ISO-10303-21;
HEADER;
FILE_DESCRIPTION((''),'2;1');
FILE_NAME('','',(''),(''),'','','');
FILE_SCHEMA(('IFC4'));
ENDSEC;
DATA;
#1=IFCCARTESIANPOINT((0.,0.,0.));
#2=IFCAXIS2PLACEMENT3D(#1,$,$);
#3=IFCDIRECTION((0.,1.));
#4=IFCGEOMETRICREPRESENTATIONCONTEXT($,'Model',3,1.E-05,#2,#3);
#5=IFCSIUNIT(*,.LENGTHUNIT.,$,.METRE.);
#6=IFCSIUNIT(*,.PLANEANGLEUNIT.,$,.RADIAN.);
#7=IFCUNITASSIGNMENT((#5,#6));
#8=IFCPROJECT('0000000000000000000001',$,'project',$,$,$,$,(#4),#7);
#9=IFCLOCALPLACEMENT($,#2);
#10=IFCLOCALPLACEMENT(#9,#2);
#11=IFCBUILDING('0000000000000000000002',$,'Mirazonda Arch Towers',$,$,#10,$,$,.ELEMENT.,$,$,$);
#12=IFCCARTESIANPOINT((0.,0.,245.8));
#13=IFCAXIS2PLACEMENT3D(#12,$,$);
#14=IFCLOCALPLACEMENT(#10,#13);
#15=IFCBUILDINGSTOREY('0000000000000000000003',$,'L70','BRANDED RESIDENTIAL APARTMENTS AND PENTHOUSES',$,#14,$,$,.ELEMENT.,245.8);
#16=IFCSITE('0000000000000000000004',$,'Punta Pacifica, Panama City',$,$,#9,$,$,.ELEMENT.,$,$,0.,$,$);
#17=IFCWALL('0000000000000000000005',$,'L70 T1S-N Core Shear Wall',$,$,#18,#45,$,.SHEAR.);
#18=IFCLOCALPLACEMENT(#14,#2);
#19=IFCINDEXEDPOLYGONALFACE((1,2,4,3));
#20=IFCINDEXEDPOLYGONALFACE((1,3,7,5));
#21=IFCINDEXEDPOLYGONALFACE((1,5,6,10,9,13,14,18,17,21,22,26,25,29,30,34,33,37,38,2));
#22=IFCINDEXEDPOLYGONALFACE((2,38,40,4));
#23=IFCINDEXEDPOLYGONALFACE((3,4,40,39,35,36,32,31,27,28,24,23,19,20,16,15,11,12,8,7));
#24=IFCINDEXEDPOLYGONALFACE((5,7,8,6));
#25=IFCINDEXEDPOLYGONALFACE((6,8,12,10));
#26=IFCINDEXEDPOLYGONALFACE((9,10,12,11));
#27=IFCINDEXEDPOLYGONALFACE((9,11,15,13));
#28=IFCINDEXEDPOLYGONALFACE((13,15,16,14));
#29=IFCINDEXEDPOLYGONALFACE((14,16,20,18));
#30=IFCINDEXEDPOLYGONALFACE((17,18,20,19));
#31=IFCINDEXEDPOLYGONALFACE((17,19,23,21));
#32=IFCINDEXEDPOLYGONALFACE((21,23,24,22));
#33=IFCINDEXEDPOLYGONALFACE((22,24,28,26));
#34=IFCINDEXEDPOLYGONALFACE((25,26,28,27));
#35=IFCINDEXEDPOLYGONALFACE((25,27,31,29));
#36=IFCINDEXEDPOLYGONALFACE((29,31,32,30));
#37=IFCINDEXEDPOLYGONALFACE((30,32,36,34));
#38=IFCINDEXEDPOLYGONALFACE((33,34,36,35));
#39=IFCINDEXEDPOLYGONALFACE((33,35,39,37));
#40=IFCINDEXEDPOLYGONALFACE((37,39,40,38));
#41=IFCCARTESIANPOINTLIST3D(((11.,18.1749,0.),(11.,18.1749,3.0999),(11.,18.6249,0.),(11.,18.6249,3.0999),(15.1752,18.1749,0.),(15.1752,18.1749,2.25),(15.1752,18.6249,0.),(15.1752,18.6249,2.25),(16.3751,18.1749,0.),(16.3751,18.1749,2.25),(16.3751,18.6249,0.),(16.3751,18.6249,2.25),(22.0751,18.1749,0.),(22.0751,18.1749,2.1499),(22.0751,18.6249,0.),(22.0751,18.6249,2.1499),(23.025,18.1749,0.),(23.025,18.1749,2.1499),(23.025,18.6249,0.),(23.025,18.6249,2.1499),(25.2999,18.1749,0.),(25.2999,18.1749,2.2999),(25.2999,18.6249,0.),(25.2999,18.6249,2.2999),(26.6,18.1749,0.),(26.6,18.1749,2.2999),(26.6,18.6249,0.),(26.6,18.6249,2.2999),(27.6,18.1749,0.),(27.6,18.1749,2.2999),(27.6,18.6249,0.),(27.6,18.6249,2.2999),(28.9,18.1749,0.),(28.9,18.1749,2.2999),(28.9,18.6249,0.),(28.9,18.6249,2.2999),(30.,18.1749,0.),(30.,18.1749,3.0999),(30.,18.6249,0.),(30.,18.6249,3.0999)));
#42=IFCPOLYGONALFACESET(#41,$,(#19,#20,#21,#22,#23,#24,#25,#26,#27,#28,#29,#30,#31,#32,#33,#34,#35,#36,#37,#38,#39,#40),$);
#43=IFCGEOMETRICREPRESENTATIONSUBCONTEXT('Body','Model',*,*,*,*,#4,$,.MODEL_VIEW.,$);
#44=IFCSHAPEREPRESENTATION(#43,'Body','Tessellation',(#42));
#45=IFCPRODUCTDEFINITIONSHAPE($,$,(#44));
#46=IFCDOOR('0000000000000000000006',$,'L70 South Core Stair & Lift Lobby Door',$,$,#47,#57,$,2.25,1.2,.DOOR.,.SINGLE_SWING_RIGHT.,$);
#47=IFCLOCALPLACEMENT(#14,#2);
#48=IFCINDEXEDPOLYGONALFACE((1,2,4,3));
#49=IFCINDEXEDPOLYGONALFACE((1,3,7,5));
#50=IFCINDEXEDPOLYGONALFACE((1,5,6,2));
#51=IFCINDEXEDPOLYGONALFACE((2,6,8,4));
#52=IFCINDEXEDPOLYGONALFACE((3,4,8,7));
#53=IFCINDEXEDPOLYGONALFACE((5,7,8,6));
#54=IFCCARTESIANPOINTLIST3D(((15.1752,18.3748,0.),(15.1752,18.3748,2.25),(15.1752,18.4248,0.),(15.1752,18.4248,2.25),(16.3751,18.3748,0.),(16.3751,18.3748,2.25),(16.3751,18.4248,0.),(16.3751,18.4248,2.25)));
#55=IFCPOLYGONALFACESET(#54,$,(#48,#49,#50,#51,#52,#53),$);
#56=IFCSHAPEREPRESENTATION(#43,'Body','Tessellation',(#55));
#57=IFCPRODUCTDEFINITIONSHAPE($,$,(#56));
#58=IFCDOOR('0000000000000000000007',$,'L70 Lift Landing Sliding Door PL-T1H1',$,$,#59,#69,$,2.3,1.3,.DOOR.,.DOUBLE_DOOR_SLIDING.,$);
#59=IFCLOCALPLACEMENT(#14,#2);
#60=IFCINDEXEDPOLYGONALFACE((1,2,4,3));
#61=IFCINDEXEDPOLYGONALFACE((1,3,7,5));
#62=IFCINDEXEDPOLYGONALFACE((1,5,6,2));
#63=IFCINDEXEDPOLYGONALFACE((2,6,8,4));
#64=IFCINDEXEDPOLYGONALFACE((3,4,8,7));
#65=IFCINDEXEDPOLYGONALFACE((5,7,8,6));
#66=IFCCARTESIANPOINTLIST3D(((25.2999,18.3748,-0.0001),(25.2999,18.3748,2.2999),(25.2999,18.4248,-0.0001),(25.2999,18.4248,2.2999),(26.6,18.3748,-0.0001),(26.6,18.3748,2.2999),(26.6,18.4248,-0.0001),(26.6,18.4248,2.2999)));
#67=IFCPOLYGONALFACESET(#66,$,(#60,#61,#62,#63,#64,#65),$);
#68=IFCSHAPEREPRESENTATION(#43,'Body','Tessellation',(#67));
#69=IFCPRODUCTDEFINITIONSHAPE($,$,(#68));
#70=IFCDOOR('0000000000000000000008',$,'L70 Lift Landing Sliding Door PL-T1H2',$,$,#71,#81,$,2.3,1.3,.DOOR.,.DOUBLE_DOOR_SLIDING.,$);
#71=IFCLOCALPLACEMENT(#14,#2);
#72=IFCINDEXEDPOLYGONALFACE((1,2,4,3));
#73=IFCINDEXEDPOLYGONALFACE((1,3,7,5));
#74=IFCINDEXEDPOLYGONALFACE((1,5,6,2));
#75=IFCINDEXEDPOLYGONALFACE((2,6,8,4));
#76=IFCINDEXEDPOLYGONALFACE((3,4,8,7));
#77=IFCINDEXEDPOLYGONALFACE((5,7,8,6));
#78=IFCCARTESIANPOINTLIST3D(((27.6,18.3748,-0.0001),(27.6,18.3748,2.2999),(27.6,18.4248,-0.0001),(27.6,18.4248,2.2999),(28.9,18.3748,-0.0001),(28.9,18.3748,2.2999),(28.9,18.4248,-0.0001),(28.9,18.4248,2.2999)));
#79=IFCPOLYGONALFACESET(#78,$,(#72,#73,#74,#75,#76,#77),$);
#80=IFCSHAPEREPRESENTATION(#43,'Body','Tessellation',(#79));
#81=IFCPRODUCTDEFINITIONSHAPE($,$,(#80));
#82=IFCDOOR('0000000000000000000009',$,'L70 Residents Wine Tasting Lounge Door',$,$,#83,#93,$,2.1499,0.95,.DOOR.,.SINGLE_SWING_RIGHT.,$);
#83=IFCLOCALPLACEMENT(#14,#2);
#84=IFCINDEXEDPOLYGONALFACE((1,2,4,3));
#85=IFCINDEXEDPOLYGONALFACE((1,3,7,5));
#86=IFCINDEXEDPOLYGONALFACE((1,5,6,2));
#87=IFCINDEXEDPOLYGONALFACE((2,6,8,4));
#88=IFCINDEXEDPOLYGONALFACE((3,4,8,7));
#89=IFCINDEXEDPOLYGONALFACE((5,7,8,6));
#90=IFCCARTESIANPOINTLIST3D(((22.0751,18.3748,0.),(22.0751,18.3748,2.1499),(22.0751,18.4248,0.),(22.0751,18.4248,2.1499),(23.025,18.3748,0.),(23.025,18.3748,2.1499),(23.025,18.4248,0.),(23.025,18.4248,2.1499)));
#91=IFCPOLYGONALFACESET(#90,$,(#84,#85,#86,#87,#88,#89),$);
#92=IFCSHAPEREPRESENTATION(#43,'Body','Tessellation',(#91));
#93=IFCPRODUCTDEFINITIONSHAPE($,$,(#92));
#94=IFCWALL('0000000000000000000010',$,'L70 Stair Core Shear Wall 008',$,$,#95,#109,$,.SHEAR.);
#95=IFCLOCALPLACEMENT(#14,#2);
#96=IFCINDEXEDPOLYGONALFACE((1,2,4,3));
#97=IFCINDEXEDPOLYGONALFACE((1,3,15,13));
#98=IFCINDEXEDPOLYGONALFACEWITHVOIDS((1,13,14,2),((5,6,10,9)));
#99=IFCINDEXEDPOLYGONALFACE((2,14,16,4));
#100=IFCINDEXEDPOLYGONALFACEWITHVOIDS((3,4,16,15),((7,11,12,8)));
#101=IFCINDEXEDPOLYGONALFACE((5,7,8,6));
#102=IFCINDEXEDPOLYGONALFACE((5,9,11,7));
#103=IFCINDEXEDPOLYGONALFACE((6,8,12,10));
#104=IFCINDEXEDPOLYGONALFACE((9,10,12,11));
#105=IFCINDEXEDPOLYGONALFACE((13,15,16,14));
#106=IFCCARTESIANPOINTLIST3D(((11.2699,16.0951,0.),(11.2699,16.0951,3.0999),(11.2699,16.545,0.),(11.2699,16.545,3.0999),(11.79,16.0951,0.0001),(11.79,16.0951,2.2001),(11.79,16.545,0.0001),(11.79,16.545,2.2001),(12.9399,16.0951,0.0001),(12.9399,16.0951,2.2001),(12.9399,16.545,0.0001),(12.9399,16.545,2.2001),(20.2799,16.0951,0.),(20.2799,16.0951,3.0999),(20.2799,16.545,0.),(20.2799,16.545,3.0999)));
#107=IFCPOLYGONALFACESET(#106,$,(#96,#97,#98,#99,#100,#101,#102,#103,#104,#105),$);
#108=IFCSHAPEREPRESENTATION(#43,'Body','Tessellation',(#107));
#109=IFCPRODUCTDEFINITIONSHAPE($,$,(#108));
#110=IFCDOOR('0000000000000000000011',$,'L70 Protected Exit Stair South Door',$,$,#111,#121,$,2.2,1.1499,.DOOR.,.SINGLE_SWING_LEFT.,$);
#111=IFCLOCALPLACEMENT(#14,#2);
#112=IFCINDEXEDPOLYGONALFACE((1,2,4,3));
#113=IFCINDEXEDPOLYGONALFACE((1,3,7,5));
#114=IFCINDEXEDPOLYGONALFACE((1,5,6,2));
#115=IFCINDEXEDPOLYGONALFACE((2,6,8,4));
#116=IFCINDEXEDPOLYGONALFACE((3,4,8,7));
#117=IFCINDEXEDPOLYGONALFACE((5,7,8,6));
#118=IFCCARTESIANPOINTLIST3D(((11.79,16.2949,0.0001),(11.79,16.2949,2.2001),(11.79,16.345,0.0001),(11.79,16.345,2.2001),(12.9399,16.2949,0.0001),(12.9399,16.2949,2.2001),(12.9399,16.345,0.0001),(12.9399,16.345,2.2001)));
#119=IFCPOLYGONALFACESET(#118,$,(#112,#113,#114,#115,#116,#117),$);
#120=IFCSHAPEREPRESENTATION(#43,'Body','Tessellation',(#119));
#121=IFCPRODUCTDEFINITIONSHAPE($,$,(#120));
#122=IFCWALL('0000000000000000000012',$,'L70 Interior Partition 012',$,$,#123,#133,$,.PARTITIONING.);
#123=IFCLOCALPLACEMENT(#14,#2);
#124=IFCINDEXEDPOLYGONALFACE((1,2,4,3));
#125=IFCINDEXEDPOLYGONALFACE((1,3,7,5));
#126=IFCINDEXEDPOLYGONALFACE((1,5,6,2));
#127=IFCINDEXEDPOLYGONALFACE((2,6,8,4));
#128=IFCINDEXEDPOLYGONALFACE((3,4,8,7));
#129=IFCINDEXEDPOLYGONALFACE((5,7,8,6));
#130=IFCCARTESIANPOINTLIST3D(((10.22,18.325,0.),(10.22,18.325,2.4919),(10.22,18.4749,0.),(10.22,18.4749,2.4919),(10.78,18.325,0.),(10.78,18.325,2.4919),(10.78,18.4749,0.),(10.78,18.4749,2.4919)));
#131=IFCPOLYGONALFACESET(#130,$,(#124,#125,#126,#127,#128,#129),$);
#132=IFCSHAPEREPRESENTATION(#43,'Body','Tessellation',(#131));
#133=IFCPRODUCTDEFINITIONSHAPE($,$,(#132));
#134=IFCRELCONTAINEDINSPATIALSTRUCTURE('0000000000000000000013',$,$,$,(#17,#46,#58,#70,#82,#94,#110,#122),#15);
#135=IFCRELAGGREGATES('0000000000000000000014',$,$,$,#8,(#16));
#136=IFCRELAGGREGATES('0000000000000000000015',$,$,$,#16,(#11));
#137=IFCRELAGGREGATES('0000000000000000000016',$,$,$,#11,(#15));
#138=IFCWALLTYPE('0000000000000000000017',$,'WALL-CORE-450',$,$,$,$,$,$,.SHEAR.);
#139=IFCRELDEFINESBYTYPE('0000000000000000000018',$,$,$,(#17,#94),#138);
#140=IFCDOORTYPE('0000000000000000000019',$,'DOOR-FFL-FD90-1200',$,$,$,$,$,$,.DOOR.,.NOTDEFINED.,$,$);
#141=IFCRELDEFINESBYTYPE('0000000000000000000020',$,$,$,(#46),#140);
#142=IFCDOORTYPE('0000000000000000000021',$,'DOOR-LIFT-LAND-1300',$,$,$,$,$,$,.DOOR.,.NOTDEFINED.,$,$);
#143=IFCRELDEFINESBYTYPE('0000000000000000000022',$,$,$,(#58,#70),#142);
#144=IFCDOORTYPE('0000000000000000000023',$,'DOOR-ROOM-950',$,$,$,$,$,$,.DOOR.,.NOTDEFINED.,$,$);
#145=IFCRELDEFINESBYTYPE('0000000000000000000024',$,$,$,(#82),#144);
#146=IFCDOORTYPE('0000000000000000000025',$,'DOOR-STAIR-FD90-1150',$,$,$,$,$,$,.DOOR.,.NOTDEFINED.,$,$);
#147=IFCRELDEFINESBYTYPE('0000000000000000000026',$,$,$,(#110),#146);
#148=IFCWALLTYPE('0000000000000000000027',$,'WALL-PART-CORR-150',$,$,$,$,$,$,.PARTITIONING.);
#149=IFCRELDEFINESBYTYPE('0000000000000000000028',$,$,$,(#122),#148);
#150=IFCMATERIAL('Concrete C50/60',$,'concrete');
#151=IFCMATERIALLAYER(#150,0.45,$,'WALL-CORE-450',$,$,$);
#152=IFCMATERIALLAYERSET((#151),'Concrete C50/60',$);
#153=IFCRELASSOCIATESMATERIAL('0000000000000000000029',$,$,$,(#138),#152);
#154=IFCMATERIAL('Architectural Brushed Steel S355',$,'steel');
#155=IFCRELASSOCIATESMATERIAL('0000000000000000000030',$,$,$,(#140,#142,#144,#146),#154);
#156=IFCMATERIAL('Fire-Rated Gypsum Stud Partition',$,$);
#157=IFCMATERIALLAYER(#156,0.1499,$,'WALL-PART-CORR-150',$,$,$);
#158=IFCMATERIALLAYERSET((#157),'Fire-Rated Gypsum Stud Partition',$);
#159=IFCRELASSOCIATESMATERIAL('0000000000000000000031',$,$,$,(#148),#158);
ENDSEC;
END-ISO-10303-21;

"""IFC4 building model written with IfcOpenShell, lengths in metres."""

from ifc_helpers import new_model, si_unit, direction, frame, frame_2d, origin, place, context, subcontext, project, spatial, rectangle, extrude, material, layer, layer_set, type_object, element, fill, save


model = new_model("IFC4")

# Units and contexts
model_context = context("Model", 3, precision=1e-05, world=origin(), true_north=direction((0.0, 1.0)))
body_context = subcontext(model_context, "Body", "Model", "MODEL_VIEW")
ifc_project = project(units=[si_unit("LENGTHUNIT", "METRE"), si_unit("PLANEANGLEUNIT", "RADIAN")], contexts=[model_context])

# Site, building, storey
site_placement = place(None, origin())
site = spatial("IfcSite", under=ifc_project, at=site_placement, Name="Punta Pacifica, Panama City", CompositionType="ELEMENT", RefElevation=0.0)
building_placement = place(site_placement, origin())
building = spatial("IfcBuilding", under=site, at=building_placement, Name="Mirazonda Arch Towers", CompositionType="ELEMENT")
storey_placement = place(building_placement, frame((0.0, 0.0, 245.8)))
storey = spatial("IfcBuildingStorey", under=building, at=storey_placement, Name="L70", Description="BRANDED RESIDENTIAL APARTMENTS AND PENTHOUSES", CompositionType="ELEMENT", Elevation=245.8)

# Shared definitions
ifc_material_1 = material(Name="Concrete C50/60", Category="concrete")

# Wall, openings, doors
ifc_layer_1 = layer(ifc_material_1, 0.45, Name="WALL-CORE-450")
ifc_layer_set_1 = layer_set([ifc_layer_1], Name="Concrete C50/60")
wall_type_1 = type_object("IfcWallType", Name="WALL-CORE-450", PredefinedType="SHEAR", material=ifc_layer_set_1)
wall_1_placement = place(storey_placement, frame((11.0, 18.3999, 0.0), z_axis=(0.0, 0.0, 1.0), x_axis=(1.0, 0.0, 0.0)))
wall_1 = element("IfcWall", 1, at=wall_1_placement, inside=storey, type_object=wall_type_1, Name="L70 T1S-N Core Shear Wall", PredefinedType="SHEAR", context=body_context, shape_type="SweptSolid", body=[
    extrude(rectangle(XDim=19.0, YDim=0.45, at=frame_2d((9.5, 0.0))), origin(), (0.0, 0.0, 1.0), 3.0999),
])
opening_1_placement = place(wall_1_placement, frame((4.175, 0.0, 0.0)))
opening_1 = element("IfcOpeningElement", 2, at=opening_1_placement, cuts=wall_1, PredefinedType="OPENING", context=body_context, shape_type="SweptSolid", body=[
    extrude(rectangle(XDim=1.2, YDim=2.25, at=frame_2d((0.6001, 1.125))), frame((0.0, 0.2349, 0.0), z_axis=(0.0, -1.0, 0.0), x_axis=(1.0, 0.0, 0.0)), (0.0, 0.0, 1.0), 0.47),
])
opening_2_placement = place(wall_1_placement, frame((11.075, 0.0, 0.0)))
opening_2 = element("IfcOpeningElement", 3, at=opening_2_placement, cuts=wall_1, PredefinedType="OPENING", context=body_context, shape_type="SweptSolid", body=[
    extrude(rectangle(XDim=0.95, YDim=2.1499, at=frame_2d((0.4751, 1.075))), frame((0.0, 0.2349, 0.0), z_axis=(0.0, -1.0, 0.0), x_axis=(1.0, 0.0, 0.0)), (0.0, 0.0, 1.0), 0.47),
])
opening_3_placement = place(wall_1_placement, frame((14.3, 0.0, 0.0)))
opening_3 = element("IfcOpeningElement", 4, at=opening_3_placement, cuts=wall_1, PredefinedType="OPENING", context=body_context, shape_type="SweptSolid", body=[
    extrude(rectangle(XDim=1.3, YDim=2.3, at=frame_2d((0.6499, 1.1499))), frame((0.0, 0.2349, 0.0), z_axis=(0.0, -1.0, 0.0), x_axis=(1.0, 0.0, 0.0)), (0.0, 0.0, 1.0), 0.47),
])
opening_4_placement = place(wall_1_placement, frame((16.6001, 0.0, 0.0)))
opening_4 = element("IfcOpeningElement", 5, at=opening_4_placement, cuts=wall_1, PredefinedType="OPENING", context=body_context, shape_type="SweptSolid", body=[
    extrude(rectangle(XDim=1.3, YDim=2.3, at=frame_2d((0.6499, 1.1499))), frame((0.0, 0.2349, 0.0), z_axis=(0.0, -1.0, 0.0), x_axis=(1.0, 0.0, 0.0)), (0.0, 0.0, 1.0), 0.47),
])
ifc_material_2 = material(Name="Architectural Brushed Steel S355", Category="steel")
door_type_1 = type_object("IfcDoorType", Name="DOOR-FFL-FD90-1200", OperationType="NOTDEFINED", PredefinedType="DOOR", material=ifc_material_2)
door_1_placement = place(opening_1_placement, origin())
door_1 = element("IfcDoor", 6, at=door_1_placement, inside=storey, type_object=door_type_1, Name="L70 South Core Stair & Lift Lobby Door", OperationType="SINGLE_SWING_RIGHT", OverallHeight=2.25, OverallWidth=1.2, PredefinedType="DOOR", context=body_context, shape_type="SweptSolid", body=[
    extrude(rectangle(XDim=1.2, YDim=2.25, at=frame_2d((0.6001, 1.125))), frame((0.0, 0.0249, 0.0), z_axis=(0.0, -1.0, 0.0), x_axis=(1.0, 0.0, 0.0)), (0.0, 0.0, 1.0), 0.05),
])
fill(opening_1, door_1)
door_type_2 = type_object("IfcDoorType", Name="DOOR-LIFT-LAND-1300", OperationType="NOTDEFINED", PredefinedType="DOOR", material=ifc_material_2)
door_2_placement = place(opening_3_placement, origin())
door_2 = element("IfcDoor", 7, at=door_2_placement, inside=storey, type_object=door_type_2, Name="L70 Lift Landing Sliding Door PL-T1H1", OperationType="DOUBLE_DOOR_SLIDING", OverallHeight=2.3, OverallWidth=1.3, PredefinedType="DOOR", context=body_context, shape_type="SweptSolid", body=[
    extrude(rectangle(XDim=1.3, YDim=2.3, at=frame_2d((0.6499, 1.1499))), frame((0.0, 0.0249, 0.0), z_axis=(0.0, -1.0, 0.0), x_axis=(1.0, 0.0, 0.0)), (0.0, 0.0, 1.0), 0.05),
])
fill(opening_3, door_2)
door_3_placement = place(opening_4_placement, origin())
door_3 = element("IfcDoor", 8, at=door_3_placement, inside=storey, type_object=door_type_2, Name="L70 Lift Landing Sliding Door PL-T1H2", OperationType="DOUBLE_DOOR_SLIDING", OverallHeight=2.3, OverallWidth=1.3, PredefinedType="DOOR", context=body_context, shape_type="SweptSolid", body=[
    extrude(rectangle(XDim=1.3, YDim=2.3, at=frame_2d((0.6499, 1.1499))), frame((0.0, 0.0249, 0.0), z_axis=(0.0, -1.0, 0.0), x_axis=(1.0, 0.0, 0.0)), (0.0, 0.0, 1.0), 0.05),
])
fill(opening_4, door_3)
door_type_3 = type_object("IfcDoorType", Name="DOOR-ROOM-950", OperationType="NOTDEFINED", PredefinedType="DOOR", material=ifc_material_2)
door_4_placement = place(opening_2_placement, origin())
door_4 = element("IfcDoor", 9, at=door_4_placement, inside=storey, type_object=door_type_3, Name="L70 Residents Wine Tasting Lounge Door", OperationType="SINGLE_SWING_RIGHT", OverallHeight=2.1499, OverallWidth=0.95, PredefinedType="DOOR", context=body_context, shape_type="SweptSolid", body=[
    extrude(rectangle(XDim=0.95, YDim=2.1499, at=frame_2d((0.4751, 1.075))), frame((0.0, 0.0249, 0.0), z_axis=(0.0, -1.0, 0.0), x_axis=(1.0, 0.0, 0.0)), (0.0, 0.0, 1.0), 0.05),
])
fill(opening_2, door_4)

# Wall, opening, door
wall_2_placement = place(storey_placement, frame((11.27, 16.3201, 0.0), z_axis=(0.0, 0.0, 1.0), x_axis=(1.0, 0.0, 0.0)))
wall_2 = element("IfcWall", 10, at=wall_2_placement, inside=storey, type_object=wall_type_1, Name="L70 Stair Core Shear Wall 008", PredefinedType="SHEAR", context=body_context, shape_type="SweptSolid", body=[
    extrude(rectangle(XDim=9.01, YDim=0.45, at=frame_2d((4.5049, 0.0))), origin(), (0.0, 0.0, 1.0), 3.0999),
])
opening_5_placement = place(wall_2_placement, frame((0.52, 0.0, 0.0)))
opening_5 = element("IfcOpeningElement", 11, at=opening_5_placement, cuts=wall_2, PredefinedType="OPENING", context=body_context, shape_type="SweptSolid", body=[
    extrude(rectangle(XDim=1.1499, YDim=2.2, at=frame_2d((0.575, 1.1001))), frame((0.0, 0.2349, 0.0), z_axis=(0.0, -1.0, 0.0), x_axis=(1.0, 0.0, 0.0)), (0.0, 0.0, 1.0), 0.47),
])
door_type_4 = type_object("IfcDoorType", Name="DOOR-STAIR-FD90-1150", OperationType="NOTDEFINED", PredefinedType="DOOR", material=ifc_material_2)
door_5_placement = place(opening_5_placement, origin())
door_5 = element("IfcDoor", 12, at=door_5_placement, inside=storey, type_object=door_type_4, Name="L70 Protected Exit Stair South Door", OperationType="SINGLE_SWING_LEFT", OverallHeight=2.2, OverallWidth=1.1499, PredefinedType="DOOR", context=body_context, shape_type="SweptSolid", body=[
    extrude(rectangle(XDim=1.1499, YDim=2.2, at=frame_2d((0.575, 1.1001))), frame((0.0, 0.0249, 0.0), z_axis=(0.0, -1.0, 0.0), x_axis=(1.0, 0.0, 0.0)), (0.0, 0.0, 1.0), 0.05),
])
fill(opening_5, door_5)

# Wall
ifc_material_3 = material(Name="Fire-Rated Gypsum Stud Partition")
ifc_layer_2 = layer(ifc_material_3, 0.1499, Name="WALL-PART-CORR-150")
ifc_layer_set_2 = layer_set([ifc_layer_2], Name="Fire-Rated Gypsum Stud Partition")
wall_type_2 = type_object("IfcWallType", Name="WALL-PART-CORR-150", PredefinedType="PARTITIONING", material=ifc_layer_set_2)
wall_3_placement = place(storey_placement, frame((10.22, 18.3999, 0.0), z_axis=(0.0, 0.0, 1.0), x_axis=(1.0, 0.0, 0.0)))
element("IfcWall", 13, at=wall_3_placement, inside=storey, type_object=wall_type_2, Name="L70 Interior Partition 012", PredefinedType="PARTITIONING", context=body_context, shape_type="SweptSolid", body=[
    extrude(rectangle(XDim=0.5601, YDim=0.1499, at=frame_2d((0.28, 0.0))), origin(), (0.0, 0.0, 1.0), 2.4919),
])

save(model, "model.ifc")
